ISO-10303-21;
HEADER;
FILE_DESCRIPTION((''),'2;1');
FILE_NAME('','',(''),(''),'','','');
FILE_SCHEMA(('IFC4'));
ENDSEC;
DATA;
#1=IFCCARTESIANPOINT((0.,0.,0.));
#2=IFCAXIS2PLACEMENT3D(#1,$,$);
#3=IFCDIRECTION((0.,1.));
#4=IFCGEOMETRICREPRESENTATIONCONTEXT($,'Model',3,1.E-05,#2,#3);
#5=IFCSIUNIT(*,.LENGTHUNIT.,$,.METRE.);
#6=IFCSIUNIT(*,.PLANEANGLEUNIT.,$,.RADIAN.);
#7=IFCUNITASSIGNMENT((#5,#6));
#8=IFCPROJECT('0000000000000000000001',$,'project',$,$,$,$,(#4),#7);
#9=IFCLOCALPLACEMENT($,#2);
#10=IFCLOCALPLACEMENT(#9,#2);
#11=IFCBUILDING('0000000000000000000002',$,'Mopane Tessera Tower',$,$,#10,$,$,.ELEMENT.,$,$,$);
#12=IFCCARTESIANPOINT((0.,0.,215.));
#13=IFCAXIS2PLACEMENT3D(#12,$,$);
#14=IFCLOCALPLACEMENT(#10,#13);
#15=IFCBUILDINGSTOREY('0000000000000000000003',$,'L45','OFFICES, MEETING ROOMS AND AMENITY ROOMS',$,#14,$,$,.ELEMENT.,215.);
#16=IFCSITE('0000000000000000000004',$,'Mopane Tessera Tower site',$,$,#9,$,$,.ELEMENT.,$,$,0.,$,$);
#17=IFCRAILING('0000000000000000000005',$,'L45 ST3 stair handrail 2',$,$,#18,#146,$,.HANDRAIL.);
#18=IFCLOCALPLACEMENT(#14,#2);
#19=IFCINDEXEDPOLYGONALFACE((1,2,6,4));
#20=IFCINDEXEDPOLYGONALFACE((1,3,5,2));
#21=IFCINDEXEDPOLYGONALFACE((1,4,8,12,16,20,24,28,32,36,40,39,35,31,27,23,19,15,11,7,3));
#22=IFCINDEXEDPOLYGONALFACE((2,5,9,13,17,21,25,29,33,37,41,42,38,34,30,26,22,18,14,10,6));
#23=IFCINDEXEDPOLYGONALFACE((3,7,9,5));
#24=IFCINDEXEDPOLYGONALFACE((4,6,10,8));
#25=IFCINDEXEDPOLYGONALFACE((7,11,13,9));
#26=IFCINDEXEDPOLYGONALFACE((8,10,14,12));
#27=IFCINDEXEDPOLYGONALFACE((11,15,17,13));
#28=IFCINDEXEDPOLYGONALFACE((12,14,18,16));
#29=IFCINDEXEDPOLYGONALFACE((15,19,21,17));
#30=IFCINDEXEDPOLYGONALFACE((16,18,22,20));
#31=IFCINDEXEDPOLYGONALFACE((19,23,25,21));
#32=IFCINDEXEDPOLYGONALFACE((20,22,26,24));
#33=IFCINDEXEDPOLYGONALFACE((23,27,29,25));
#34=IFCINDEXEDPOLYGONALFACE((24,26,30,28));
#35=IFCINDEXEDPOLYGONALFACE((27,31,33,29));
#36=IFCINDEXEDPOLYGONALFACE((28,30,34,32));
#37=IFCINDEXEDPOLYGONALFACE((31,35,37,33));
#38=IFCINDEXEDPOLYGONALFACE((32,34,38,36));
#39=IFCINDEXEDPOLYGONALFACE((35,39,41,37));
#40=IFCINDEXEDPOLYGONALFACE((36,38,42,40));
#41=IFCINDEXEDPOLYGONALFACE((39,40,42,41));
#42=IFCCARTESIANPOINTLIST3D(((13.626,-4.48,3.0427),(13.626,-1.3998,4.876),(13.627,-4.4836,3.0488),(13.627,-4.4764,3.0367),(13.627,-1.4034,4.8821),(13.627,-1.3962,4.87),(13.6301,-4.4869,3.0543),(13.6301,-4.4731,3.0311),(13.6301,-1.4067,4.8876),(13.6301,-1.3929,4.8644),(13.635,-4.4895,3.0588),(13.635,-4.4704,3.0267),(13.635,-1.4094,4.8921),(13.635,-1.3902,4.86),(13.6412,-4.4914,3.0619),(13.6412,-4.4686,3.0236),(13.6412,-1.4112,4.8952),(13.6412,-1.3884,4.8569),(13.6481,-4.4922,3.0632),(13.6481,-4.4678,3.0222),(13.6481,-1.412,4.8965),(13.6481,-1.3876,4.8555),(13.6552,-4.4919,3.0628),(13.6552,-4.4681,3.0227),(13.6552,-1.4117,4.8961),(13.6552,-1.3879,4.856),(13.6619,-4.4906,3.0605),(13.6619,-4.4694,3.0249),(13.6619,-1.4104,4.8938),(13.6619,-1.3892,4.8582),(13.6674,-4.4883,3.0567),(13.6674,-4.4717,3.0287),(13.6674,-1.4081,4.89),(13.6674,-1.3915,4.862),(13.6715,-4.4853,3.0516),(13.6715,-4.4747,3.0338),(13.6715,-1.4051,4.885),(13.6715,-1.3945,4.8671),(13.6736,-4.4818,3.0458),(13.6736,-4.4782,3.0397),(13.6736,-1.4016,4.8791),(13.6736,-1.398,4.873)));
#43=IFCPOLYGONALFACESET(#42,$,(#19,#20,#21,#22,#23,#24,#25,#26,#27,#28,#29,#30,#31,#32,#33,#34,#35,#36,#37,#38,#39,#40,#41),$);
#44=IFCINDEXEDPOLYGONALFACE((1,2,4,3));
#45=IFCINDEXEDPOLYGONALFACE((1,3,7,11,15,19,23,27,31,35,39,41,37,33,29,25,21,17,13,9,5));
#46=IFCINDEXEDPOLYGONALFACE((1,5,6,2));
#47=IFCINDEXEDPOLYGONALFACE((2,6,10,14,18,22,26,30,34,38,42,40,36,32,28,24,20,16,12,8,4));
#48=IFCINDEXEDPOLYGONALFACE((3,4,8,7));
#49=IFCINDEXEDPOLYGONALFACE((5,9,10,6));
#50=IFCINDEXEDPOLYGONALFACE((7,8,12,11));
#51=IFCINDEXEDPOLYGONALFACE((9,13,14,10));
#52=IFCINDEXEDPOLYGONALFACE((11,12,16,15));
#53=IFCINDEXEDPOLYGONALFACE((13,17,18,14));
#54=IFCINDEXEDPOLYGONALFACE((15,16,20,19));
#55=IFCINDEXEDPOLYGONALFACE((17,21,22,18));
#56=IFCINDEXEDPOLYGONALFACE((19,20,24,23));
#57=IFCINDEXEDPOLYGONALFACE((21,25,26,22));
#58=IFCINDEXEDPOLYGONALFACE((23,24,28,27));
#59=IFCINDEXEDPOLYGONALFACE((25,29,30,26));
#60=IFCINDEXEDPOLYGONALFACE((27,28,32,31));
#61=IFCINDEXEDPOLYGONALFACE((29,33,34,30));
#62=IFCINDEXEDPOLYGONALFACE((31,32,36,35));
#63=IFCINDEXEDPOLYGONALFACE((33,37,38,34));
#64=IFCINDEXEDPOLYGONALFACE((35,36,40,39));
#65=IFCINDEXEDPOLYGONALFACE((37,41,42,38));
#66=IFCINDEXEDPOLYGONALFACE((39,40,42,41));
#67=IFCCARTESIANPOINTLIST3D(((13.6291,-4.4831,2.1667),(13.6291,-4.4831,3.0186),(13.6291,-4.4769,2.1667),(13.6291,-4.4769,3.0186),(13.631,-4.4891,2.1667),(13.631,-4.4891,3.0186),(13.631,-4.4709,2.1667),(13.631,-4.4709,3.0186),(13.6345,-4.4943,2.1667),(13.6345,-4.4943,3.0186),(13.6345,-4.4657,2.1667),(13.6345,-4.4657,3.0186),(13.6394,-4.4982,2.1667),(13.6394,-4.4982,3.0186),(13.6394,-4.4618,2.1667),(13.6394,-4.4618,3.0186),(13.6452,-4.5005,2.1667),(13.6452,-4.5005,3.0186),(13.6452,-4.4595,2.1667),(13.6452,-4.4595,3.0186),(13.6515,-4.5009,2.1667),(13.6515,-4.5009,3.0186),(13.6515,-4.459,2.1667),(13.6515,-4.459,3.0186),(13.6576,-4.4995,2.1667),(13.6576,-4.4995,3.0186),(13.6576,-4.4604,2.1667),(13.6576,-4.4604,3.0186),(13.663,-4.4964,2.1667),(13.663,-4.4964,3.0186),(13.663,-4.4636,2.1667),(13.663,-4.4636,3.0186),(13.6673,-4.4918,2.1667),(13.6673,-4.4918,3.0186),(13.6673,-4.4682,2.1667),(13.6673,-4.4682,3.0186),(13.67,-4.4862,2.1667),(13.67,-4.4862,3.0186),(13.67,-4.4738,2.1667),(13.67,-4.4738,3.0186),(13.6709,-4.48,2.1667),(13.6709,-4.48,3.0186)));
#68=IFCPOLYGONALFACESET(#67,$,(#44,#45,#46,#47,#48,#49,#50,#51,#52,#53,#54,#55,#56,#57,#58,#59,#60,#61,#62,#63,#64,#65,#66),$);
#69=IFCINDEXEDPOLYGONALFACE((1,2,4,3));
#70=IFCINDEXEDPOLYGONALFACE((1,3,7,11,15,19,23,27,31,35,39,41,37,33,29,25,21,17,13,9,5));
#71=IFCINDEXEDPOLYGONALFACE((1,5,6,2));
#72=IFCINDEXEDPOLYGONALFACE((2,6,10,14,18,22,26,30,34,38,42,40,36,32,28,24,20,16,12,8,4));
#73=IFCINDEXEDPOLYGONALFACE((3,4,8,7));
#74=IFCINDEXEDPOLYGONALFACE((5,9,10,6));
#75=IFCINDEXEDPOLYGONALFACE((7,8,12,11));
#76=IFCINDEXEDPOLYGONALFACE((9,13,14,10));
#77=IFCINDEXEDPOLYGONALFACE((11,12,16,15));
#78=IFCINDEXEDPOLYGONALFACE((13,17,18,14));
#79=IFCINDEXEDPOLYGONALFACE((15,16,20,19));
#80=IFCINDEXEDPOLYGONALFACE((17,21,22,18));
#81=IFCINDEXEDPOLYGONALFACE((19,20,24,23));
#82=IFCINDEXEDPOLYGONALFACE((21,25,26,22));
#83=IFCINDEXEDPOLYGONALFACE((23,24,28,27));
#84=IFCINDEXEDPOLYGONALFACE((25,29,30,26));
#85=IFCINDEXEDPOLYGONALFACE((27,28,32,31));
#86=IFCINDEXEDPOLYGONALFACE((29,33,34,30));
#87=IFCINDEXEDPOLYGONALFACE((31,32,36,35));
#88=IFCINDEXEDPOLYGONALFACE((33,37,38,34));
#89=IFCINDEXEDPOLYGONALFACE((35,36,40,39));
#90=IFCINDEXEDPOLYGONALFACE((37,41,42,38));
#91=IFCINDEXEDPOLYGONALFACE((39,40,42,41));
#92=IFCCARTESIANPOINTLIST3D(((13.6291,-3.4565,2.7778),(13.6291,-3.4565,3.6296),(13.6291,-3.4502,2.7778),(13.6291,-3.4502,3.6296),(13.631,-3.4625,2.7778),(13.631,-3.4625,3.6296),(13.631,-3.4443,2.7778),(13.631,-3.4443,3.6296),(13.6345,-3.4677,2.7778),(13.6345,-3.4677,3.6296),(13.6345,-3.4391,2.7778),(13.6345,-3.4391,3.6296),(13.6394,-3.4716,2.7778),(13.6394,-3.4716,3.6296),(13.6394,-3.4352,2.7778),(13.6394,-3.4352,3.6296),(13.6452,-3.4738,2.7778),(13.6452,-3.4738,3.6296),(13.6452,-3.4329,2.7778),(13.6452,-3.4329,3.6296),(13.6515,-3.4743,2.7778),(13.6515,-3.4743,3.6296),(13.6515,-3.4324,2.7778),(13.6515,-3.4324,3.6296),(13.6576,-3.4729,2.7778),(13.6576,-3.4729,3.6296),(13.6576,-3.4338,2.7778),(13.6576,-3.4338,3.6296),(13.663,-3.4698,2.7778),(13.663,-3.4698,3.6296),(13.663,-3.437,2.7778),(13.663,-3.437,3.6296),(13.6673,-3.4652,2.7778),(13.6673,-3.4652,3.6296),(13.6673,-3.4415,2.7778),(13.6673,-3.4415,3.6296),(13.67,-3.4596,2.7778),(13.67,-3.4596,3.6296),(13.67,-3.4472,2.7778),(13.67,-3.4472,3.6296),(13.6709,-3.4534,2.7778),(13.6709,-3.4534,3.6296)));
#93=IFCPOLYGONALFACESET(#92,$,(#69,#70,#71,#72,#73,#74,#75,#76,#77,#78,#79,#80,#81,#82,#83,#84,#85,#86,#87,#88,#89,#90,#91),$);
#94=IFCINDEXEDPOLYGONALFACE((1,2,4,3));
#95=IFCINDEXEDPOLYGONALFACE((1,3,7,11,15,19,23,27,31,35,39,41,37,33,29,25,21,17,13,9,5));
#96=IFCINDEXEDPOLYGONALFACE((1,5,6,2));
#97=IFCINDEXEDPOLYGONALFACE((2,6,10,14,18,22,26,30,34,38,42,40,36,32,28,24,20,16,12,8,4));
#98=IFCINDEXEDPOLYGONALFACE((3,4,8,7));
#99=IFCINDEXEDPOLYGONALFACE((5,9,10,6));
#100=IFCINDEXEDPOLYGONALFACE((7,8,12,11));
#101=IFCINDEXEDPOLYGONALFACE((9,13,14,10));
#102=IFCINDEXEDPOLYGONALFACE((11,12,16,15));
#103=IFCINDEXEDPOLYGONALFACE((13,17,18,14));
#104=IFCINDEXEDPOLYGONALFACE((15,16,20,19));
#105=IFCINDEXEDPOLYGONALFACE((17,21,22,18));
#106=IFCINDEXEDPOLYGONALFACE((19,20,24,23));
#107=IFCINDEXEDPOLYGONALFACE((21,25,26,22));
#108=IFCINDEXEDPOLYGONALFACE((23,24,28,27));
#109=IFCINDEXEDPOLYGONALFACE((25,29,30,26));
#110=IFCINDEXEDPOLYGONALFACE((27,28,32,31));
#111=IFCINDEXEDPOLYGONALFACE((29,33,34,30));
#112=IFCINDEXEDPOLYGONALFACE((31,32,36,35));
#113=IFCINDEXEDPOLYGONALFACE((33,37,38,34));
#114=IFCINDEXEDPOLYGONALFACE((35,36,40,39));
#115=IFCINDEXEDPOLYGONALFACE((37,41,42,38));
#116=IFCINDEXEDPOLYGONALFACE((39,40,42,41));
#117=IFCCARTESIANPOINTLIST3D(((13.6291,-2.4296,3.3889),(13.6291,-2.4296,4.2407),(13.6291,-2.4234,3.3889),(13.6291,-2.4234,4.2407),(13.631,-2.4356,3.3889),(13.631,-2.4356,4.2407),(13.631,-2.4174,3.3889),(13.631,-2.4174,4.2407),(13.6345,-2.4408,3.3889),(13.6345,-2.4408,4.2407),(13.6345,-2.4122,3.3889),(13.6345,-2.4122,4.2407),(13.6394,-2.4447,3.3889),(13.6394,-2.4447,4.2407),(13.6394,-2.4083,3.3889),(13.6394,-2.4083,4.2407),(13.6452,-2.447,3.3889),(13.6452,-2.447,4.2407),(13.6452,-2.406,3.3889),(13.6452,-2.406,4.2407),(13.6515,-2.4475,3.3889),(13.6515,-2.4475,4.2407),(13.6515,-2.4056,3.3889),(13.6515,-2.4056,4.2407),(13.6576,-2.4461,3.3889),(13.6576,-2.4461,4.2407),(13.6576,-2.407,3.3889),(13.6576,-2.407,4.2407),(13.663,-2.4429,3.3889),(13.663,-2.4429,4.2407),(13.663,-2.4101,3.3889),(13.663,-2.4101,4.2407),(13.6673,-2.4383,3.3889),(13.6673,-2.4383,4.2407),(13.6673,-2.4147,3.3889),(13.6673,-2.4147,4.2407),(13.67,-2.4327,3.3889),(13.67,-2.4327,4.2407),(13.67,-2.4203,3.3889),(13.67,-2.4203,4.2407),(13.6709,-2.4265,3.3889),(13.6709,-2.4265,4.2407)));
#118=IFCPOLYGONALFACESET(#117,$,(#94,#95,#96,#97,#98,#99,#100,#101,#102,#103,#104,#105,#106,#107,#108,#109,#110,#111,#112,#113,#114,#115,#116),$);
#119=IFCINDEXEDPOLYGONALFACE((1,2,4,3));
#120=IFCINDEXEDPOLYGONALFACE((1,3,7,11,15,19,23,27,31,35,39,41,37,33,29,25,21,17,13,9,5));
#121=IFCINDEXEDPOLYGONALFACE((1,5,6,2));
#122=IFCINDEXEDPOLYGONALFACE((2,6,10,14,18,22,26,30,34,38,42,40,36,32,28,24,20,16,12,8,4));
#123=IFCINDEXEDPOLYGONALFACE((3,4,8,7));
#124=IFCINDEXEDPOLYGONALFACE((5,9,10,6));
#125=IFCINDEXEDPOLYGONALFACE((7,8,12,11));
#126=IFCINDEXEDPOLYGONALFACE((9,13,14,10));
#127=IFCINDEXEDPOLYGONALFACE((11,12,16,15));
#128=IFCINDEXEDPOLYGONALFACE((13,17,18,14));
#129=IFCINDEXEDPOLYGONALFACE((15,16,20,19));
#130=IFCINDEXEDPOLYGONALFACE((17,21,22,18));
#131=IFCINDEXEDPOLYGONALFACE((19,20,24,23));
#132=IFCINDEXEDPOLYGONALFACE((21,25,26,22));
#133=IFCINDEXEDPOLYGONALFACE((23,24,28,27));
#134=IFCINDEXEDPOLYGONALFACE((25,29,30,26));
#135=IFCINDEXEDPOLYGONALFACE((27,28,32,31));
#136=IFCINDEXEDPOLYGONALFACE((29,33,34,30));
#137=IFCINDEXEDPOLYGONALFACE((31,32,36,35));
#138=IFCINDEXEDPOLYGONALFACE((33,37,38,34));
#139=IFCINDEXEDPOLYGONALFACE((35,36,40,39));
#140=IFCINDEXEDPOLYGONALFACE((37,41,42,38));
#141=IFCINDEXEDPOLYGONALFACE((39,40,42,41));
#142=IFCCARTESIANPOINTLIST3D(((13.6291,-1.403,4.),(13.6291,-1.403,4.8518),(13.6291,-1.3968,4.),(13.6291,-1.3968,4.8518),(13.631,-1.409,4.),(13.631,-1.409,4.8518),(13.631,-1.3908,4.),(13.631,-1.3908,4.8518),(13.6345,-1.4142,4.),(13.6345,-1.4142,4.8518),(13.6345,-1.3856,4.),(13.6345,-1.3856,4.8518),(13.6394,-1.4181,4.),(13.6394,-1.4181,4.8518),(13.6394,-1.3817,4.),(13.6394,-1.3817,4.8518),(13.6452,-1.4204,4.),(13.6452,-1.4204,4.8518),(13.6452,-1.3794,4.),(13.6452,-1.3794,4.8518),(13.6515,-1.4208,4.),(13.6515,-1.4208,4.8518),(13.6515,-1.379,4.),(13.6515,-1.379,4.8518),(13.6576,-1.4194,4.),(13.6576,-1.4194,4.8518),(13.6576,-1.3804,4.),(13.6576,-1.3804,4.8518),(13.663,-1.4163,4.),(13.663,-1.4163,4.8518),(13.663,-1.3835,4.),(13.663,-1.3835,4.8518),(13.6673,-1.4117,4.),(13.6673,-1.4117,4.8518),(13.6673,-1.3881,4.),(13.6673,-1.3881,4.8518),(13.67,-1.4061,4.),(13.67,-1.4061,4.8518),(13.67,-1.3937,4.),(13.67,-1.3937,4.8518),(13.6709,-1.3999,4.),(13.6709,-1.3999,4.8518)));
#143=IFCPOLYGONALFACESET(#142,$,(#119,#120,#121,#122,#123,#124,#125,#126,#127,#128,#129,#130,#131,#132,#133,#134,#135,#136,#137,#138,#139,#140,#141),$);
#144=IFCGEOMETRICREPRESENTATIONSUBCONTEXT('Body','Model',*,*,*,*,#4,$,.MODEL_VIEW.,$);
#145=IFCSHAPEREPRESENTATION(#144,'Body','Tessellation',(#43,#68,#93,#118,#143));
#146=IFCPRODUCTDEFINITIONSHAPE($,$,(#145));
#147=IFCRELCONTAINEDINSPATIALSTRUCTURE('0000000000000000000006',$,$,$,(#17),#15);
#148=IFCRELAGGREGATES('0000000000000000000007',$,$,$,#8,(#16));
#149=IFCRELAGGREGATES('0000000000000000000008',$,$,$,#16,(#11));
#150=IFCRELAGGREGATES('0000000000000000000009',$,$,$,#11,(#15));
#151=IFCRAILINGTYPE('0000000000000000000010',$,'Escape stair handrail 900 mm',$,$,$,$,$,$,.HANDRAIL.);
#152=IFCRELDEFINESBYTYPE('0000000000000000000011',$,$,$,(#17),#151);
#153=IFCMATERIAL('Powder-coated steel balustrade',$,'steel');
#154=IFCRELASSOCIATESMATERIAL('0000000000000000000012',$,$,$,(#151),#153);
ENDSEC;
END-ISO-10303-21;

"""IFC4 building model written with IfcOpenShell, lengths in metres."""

from ifc_helpers import new_model, si_unit, direction, frame, origin, origin_2d, place, context, subcontext, project, spatial, circle, extrude, material, type_object, element, save


model = new_model("IFC4")

# Units and contexts
model_context = context("Model", 3, precision=1e-05, world=origin(), true_north=direction((0.0, 1.0)))
body_context = subcontext(model_context, "Body", "Model", "MODEL_VIEW")
ifc_project = project(units=[si_unit("LENGTHUNIT", "METRE"), si_unit("PLANEANGLEUNIT", "RADIAN")], contexts=[model_context])

# Site, building, storey
site_placement = place(None, origin())
site = spatial("IfcSite", under=ifc_project, at=site_placement, Name="Mopane Tessera Tower site", CompositionType="ELEMENT", RefElevation=0.0)
building_placement = place(site_placement, origin())
building = spatial("IfcBuilding", under=site, at=building_placement, Name="Mopane Tessera Tower", CompositionType="ELEMENT")
storey_placement = place(building_placement, frame((0.0, 0.0, 215.0)))
storey = spatial("IfcBuildingStorey", under=building, at=storey_placement, Name="L45", Description="OFFICES, MEETING ROOMS AND AMENITY ROOMS", CompositionType="ELEMENT", Elevation=215.0)

# Railing
ifc_material_1 = material(Name="Powder-coated steel balustrade", Category="steel")
railing_type_1 = type_object("IfcRailingType", Name="Escape stair handrail 900 mm", PredefinedType="HANDRAIL", material=ifc_material_1)
railing_1_placement = place(storey_placement, frame((13.6499, -4.48, 2.1667)))
element("IfcRailing", 1, at=railing_1_placement, inside=storey, type_object=railing_type_1, Name="L45 ST3 stair handrail 2", PredefinedType="HANDRAIL", context=body_context, shape_type="SweptSolid", body=[
    extrude(circle(Radius=0.0239, at=origin_2d()), frame((0.0, 0.0, 0.876), z_axis=(0.0, 0.859309, 0.511458), x_axis=(-1.0, 0.0, 0.0)), (0.0, 0.0, 1.0), 3.5845),
    extrude(circle(Radius=0.021, at=origin_2d()), origin(), (0.0, 0.0, 1.0), 0.8518),
    extrude(circle(Radius=0.021, at=origin_2d()), frame((0.0, 1.0266, 0.6111)), (0.0, 0.0, 1.0), 0.8518),
    extrude(circle(Radius=0.021, at=origin_2d()), frame((0.0, 2.0535, 1.2222)), (0.0, 0.0, 1.0), 0.8518),
    extrude(circle(Radius=0.021, at=origin_2d()), frame((0.0, 3.0801, 1.8333)), (0.0, 0.0, 1.0), 0.8518),
])

save(model, "model.ifc")
